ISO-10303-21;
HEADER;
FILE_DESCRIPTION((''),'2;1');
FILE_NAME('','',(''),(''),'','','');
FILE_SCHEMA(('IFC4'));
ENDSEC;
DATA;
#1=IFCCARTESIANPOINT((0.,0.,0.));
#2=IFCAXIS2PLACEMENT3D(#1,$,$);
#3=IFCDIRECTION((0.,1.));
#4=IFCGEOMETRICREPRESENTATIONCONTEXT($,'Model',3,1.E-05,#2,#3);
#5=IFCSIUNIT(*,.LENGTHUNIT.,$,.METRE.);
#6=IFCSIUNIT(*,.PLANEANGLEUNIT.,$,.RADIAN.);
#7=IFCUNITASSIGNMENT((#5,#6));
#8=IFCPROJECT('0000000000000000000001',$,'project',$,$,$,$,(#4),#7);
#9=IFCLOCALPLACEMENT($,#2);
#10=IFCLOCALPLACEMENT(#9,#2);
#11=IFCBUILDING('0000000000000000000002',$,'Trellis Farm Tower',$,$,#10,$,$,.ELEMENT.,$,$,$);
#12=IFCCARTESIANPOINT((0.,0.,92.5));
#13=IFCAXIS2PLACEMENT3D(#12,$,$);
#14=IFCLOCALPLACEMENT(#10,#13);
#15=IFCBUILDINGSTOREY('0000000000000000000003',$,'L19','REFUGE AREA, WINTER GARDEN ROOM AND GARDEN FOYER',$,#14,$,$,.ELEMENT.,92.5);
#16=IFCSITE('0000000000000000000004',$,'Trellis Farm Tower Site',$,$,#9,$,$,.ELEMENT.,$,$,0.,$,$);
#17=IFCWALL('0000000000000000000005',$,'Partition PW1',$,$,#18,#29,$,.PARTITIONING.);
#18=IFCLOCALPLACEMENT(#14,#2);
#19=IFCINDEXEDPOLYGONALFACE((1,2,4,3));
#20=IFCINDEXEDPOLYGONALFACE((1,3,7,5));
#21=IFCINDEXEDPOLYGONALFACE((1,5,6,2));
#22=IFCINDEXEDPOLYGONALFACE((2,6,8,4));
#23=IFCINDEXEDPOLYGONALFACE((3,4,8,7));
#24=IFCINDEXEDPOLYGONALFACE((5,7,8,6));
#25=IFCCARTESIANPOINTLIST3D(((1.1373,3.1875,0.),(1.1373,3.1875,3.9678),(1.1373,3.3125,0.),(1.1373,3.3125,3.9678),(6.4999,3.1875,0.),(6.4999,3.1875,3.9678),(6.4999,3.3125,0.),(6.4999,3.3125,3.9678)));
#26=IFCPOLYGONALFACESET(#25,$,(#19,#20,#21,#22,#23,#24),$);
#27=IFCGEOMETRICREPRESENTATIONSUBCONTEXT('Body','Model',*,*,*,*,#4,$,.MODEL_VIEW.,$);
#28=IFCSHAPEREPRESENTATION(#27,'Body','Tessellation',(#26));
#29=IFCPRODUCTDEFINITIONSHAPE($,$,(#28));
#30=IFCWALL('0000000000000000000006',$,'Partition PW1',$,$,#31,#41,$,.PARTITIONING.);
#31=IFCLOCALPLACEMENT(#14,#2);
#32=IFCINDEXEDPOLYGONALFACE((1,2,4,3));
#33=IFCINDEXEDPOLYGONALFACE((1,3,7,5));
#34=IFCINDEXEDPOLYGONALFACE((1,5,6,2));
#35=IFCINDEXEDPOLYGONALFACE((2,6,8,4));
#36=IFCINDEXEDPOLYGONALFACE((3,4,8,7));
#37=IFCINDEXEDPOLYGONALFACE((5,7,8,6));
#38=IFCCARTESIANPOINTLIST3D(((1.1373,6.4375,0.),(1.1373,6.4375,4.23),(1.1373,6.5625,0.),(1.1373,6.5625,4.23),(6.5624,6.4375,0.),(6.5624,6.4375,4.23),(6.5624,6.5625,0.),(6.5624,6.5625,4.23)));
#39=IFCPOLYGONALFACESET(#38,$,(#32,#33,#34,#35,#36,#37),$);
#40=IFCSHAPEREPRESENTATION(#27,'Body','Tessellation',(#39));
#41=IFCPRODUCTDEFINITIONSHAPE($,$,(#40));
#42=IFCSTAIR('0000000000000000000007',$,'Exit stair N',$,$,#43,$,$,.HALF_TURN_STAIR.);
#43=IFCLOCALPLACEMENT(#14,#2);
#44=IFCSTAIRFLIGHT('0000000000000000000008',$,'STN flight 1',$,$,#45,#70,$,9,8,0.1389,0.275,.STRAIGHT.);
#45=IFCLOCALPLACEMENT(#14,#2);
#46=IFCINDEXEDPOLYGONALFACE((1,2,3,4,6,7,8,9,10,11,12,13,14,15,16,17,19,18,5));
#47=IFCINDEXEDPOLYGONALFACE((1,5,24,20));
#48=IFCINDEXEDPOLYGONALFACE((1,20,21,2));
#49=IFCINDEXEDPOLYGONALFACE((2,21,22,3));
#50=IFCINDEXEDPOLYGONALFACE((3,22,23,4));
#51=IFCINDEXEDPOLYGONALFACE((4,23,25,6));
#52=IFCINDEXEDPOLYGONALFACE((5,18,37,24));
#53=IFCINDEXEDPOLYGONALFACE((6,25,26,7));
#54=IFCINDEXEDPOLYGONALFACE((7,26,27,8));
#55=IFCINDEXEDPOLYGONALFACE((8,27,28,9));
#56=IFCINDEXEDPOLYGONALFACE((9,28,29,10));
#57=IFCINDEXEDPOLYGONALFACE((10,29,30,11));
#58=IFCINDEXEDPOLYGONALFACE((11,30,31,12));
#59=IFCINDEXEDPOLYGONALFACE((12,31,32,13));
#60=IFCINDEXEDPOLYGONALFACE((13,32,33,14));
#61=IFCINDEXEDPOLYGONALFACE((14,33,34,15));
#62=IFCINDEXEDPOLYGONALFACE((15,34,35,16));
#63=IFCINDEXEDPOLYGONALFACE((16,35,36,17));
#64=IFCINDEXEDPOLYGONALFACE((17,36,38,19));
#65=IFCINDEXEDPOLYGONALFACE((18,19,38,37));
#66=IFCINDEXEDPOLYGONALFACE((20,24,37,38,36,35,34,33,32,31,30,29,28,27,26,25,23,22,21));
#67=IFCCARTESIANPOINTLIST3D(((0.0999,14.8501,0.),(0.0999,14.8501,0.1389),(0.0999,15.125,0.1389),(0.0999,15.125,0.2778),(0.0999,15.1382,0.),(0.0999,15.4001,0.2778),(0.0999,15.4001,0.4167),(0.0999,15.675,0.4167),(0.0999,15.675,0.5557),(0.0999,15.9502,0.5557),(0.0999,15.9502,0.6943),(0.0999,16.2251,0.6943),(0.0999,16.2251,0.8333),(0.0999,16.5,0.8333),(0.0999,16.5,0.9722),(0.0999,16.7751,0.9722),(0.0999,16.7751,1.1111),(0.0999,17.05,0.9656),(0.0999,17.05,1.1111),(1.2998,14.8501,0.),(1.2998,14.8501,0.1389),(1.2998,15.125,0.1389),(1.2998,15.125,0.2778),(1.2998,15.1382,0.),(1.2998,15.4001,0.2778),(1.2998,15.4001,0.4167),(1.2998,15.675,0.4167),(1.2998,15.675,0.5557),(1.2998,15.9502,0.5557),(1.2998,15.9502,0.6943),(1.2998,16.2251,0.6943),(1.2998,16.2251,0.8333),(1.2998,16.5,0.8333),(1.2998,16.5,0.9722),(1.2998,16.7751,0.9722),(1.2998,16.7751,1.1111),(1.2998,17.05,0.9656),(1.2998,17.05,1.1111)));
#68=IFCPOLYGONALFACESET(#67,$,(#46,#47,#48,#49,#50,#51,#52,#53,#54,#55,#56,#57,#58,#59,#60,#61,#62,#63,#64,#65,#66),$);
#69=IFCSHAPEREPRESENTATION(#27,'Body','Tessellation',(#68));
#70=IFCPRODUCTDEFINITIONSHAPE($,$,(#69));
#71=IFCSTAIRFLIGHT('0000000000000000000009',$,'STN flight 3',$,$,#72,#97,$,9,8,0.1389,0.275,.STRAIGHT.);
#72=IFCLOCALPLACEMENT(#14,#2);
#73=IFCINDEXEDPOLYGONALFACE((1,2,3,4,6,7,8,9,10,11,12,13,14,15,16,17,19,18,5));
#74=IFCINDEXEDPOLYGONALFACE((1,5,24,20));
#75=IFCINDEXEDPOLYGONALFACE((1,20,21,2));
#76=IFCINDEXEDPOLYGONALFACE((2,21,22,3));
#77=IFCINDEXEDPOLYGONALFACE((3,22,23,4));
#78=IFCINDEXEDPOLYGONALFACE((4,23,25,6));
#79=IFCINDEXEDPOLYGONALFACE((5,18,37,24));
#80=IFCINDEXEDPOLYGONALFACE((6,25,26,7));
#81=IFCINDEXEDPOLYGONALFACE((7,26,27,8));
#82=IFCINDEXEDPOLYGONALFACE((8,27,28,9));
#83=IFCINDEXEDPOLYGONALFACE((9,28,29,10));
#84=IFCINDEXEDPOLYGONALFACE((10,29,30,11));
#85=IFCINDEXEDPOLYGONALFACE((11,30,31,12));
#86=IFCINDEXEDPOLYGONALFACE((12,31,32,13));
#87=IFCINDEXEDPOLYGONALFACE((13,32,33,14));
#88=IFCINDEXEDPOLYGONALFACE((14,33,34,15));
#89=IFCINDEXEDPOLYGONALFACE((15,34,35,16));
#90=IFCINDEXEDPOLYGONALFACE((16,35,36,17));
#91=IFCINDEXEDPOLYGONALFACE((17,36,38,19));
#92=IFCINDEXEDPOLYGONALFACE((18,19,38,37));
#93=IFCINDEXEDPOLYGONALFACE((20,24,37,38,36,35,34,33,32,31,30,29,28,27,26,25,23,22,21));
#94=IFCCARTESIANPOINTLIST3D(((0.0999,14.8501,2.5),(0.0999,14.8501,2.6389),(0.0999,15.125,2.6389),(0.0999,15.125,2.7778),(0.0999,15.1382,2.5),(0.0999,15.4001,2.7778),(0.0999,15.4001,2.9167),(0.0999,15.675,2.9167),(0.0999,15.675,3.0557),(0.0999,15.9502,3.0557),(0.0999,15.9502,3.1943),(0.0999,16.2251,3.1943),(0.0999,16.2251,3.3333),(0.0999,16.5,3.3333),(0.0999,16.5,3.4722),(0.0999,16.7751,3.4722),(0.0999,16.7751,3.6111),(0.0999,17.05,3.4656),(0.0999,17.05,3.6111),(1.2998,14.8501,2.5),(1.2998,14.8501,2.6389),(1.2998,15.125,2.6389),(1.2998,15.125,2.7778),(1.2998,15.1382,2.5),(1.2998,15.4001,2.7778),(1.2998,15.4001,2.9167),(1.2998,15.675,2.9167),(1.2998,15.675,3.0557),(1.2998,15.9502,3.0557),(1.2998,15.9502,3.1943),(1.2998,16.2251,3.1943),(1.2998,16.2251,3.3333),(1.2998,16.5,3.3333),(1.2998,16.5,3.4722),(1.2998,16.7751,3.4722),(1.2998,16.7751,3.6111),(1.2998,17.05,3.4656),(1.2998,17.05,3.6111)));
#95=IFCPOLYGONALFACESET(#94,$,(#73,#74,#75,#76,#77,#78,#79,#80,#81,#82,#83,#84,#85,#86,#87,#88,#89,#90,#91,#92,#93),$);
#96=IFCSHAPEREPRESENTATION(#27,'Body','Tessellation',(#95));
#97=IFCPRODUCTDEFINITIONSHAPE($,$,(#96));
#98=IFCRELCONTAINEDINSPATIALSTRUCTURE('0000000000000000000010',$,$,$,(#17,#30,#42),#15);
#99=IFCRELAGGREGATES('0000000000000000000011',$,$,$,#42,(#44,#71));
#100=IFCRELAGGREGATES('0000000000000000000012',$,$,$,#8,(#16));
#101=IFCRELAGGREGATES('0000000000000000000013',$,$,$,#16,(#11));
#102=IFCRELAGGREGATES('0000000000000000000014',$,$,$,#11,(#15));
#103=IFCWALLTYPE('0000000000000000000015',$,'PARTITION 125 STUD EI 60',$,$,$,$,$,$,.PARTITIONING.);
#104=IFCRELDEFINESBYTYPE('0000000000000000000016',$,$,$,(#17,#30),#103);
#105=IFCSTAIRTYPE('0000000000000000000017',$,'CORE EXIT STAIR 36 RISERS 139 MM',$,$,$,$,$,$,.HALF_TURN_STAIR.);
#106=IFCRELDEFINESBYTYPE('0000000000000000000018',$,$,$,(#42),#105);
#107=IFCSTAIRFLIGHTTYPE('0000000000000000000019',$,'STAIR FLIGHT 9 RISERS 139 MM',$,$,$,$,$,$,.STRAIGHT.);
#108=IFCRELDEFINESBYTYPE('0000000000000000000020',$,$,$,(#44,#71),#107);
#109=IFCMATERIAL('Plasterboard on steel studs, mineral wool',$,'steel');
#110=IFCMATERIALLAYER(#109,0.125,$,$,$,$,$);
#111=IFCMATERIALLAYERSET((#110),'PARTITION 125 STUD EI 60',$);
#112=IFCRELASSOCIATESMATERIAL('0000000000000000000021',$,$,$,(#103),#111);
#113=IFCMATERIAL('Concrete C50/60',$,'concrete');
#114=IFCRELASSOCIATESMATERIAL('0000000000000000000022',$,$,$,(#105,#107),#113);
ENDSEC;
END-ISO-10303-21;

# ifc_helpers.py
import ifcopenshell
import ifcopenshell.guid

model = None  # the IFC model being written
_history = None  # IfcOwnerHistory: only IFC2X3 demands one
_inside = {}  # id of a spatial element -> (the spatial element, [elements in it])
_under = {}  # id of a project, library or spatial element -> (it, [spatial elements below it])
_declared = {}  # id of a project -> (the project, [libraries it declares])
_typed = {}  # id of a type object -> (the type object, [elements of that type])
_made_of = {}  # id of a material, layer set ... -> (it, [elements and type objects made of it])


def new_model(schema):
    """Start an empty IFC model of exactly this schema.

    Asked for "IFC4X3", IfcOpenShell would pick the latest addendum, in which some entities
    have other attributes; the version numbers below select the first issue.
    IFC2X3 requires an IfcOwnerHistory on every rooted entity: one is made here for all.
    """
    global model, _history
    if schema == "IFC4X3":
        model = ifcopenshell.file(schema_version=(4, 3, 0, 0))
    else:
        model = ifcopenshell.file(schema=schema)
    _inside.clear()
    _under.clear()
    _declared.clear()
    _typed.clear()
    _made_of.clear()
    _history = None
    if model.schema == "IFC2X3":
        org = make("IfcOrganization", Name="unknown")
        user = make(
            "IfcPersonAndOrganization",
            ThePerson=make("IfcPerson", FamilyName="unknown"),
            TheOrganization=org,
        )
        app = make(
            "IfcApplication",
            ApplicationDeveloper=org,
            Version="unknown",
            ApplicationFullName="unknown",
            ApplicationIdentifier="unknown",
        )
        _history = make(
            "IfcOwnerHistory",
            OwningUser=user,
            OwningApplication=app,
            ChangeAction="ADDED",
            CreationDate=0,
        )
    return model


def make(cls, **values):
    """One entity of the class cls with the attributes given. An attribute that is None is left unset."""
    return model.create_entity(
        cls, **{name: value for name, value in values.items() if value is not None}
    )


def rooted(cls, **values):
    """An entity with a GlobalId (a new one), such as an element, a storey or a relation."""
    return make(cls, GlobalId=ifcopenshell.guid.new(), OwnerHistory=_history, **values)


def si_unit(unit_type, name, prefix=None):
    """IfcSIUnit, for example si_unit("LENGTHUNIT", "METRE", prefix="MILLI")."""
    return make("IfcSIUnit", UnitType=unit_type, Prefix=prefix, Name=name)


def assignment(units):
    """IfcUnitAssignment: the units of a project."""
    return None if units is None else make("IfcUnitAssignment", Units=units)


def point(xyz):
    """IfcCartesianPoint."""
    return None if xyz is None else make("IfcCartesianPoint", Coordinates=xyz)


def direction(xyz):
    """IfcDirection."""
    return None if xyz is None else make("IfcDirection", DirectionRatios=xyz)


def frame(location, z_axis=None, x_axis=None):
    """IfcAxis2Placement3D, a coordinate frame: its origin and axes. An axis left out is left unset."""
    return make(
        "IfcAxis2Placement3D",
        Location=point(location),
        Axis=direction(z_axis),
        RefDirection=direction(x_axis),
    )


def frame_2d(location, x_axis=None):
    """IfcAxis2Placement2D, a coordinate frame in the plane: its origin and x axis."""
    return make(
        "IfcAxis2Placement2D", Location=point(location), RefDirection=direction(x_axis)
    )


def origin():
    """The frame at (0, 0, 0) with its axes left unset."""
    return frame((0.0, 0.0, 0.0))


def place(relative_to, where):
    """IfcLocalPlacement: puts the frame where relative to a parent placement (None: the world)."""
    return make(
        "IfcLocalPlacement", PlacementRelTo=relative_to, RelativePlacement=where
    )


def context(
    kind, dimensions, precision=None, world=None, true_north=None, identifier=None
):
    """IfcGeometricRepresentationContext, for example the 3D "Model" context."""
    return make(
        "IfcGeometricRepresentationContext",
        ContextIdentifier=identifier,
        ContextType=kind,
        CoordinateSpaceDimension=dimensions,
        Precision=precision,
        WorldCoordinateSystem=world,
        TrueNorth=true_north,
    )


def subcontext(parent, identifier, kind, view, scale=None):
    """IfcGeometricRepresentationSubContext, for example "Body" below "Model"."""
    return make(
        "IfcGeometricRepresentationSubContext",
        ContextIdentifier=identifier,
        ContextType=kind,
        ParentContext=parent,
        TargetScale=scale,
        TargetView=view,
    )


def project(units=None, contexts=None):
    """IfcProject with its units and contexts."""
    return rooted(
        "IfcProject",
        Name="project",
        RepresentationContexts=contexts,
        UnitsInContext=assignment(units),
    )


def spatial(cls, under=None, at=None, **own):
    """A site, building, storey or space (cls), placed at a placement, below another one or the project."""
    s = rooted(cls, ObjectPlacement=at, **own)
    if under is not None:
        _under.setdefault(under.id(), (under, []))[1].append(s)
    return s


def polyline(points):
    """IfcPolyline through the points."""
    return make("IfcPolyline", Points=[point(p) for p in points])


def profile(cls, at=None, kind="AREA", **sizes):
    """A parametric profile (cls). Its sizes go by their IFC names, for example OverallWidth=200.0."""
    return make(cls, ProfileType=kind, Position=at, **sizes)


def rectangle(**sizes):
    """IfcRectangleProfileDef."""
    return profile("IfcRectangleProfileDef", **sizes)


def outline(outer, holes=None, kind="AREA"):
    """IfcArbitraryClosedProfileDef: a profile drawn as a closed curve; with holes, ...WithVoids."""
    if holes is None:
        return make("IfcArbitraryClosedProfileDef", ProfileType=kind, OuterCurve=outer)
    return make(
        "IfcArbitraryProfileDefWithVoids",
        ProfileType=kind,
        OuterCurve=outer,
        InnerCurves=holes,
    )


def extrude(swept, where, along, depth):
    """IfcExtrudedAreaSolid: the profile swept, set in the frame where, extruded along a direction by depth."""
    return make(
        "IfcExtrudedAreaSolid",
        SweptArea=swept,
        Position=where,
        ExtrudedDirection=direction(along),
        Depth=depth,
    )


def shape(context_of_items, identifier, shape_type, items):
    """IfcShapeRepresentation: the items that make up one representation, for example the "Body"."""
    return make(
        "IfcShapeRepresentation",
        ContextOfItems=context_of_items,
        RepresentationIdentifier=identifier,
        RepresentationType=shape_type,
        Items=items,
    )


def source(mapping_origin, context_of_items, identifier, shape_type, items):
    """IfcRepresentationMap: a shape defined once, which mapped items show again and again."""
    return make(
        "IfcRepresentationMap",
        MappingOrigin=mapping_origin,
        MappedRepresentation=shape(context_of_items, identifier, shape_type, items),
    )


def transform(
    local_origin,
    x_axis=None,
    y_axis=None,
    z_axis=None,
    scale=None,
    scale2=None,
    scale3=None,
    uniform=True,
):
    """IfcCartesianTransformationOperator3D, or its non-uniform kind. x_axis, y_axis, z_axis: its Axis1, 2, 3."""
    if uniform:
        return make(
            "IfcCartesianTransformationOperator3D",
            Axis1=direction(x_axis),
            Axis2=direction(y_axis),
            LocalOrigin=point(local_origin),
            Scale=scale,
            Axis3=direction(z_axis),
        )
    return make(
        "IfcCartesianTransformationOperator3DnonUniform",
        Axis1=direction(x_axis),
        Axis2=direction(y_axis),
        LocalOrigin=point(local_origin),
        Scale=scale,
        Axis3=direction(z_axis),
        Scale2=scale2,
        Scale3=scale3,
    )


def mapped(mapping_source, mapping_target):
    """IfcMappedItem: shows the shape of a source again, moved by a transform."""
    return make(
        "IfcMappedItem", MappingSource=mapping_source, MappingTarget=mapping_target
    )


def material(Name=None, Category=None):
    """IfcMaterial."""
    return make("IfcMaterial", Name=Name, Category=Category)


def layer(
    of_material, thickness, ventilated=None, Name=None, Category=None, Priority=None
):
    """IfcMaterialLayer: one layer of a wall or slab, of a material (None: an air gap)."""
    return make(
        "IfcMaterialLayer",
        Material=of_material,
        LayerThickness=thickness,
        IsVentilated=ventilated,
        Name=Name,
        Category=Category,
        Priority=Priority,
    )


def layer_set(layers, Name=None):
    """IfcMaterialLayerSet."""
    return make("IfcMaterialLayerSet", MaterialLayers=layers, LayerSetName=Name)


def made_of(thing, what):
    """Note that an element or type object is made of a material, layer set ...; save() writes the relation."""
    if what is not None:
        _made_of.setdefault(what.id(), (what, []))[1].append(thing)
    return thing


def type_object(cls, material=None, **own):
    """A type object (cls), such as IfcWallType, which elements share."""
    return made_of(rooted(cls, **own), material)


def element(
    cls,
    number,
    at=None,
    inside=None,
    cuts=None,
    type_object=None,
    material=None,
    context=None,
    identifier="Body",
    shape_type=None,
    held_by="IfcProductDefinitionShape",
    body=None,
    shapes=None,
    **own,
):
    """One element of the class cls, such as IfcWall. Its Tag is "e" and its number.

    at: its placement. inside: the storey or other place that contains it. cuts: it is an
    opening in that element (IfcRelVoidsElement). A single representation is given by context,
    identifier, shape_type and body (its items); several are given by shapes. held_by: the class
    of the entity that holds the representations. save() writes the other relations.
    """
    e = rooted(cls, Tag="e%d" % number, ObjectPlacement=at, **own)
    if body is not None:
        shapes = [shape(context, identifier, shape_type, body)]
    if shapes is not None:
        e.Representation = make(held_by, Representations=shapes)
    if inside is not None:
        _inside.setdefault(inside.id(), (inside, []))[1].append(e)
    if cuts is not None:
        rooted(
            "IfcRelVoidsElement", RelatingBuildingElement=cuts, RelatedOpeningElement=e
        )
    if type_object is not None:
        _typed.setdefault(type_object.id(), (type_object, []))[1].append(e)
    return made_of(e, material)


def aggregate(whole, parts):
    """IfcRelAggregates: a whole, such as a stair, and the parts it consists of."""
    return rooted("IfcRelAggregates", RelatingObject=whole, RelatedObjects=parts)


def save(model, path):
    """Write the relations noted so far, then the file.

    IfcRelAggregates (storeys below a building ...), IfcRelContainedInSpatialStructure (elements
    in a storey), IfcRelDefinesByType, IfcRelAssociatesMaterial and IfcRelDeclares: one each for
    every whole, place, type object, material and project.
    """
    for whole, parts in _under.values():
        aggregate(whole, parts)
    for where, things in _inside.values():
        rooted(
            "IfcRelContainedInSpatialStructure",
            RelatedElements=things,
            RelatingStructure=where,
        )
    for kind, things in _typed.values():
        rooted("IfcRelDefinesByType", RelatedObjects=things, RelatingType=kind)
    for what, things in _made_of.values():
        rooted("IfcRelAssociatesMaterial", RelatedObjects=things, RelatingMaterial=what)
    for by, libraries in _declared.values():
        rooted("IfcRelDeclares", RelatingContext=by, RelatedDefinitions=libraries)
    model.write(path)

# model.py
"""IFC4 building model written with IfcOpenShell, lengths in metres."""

from ifc_helpers import new_model, si_unit, direction, frame, frame_2d, origin, place, context, subcontext, project, spatial, polyline, rectangle, outline, extrude, source, transform, mapped, material, layer, layer_set, type_object, element, aggregate, save


model = new_model("IFC4")

# Units and contexts
model_context = context("Model", 3, precision=1e-05, world=origin(), true_north=direction((0.0, 1.0)))
body_context = subcontext(model_context, "Body", "Model", "MODEL_VIEW")
ifc_project = project(units=[si_unit("LENGTHUNIT", "METRE"), si_unit("PLANEANGLEUNIT", "RADIAN")], contexts=[model_context])

# Site, building, storey
site_placement = place(None, origin())
site = spatial("IfcSite", under=ifc_project, at=site_placement, Name="Trellis Farm Tower Site", CompositionType="ELEMENT", RefElevation=0.0)
building_placement = place(site_placement, origin())
building = spatial("IfcBuilding", under=site, at=building_placement, Name="Trellis Farm Tower", CompositionType="ELEMENT")
storey_placement = place(building_placement, frame((0.0, 0.0, 92.5)))
storey = spatial("IfcBuildingStorey", under=building, at=storey_placement, Name="L19", Description="REFUGE AREA, WINTER GARDEN ROOM AND GARDEN FOYER", CompositionType="ELEMENT", Elevation=92.5)

# Shared definitions
placement = place(storey_placement, origin())

# Shared definitions
ifc_material_1 = material(Name="Plasterboard on steel studs, mineral wool", Category="steel")
ifc_layer_1 = layer(ifc_material_1, 0.125)
ifc_layer_set_1 = layer_set([ifc_layer_1], Name="PARTITION 125 STUD EI 60")
wall_type_1 = type_object("IfcWallType", Name="PARTITION 125 STUD EI 60", PredefinedType="PARTITIONING", material=ifc_layer_set_1)

# Walls
shared_shape_1 = source(origin(), body_context, "Body", "SweptSolid", [
    extrude(rectangle(XDim=5.3625, YDim=0.125, at=frame_2d((2.6812, 0.0))), origin(), (0.0, 0.0, 1.0), 3.9678),
])
wall_1_placement = place(storey_placement, frame((1.1375, 3.25, 0.0), z_axis=(0.0, 0.0, 1.0), x_axis=(1.0, 0.0, 0.0)))
element("IfcWall", 1, at=wall_1_placement, inside=storey, type_object=wall_type_1, Name="Partition PW1", PredefinedType="PARTITIONING", context=body_context, shape_type="MappedRepresentation", body=[
    mapped(shared_shape_1, transform((0.0, 0.0, 0.0))),
])
shared_shape_2 = source(origin(), body_context, "Body", "SweptSolid", [
    extrude(rectangle(XDim=5.425, YDim=0.125, at=frame_2d((2.7124, 0.0))), origin(), (0.0, 0.0, 1.0), 4.23),
])
wall_2_placement = place(storey_placement, frame((1.1375, 6.5, 0.0), z_axis=(0.0, 0.0, 1.0), x_axis=(1.0, 0.0, 0.0)))
element("IfcWall", 2, at=wall_2_placement, inside=storey, type_object=wall_type_1, Name="Partition PW1", PredefinedType="PARTITIONING", context=body_context, shape_type="MappedRepresentation", body=[
    mapped(shared_shape_2, transform((0.0, 0.0, 0.0))),
])

# Stair, stair flights
ifc_material_2 = material(Name="Concrete C50/60", Category="concrete")
stair_type = type_object("IfcStairType", Name="CORE EXIT STAIR 36 RISERS 139 MM", PredefinedType="HALF_TURN_STAIR", material=ifc_material_2)
stair = element("IfcStair", 3, at=placement, inside=storey, type_object=stair_type, Name="Exit stair N", PredefinedType="HALF_TURN_STAIR")
stair_flight_type = type_object("IfcStairFlightType", Name="STAIR FLIGHT 9 RISERS 139 MM", PredefinedType="STRAIGHT", material=ifc_material_2)
shared_shape_3 = source(origin(), body_context, "Body", "SweptSolid", [
    extrude(outline(polyline([(0.0, 0.0), (0.0, 0.1389), (0.2749, 0.1389), (0.2749, 0.2778), (0.55, 0.2778), (0.55, 0.4167), (0.825, 0.4167), (0.825, 0.5557), (1.1001, 0.5557), (1.1001, 0.6943), (1.375, 0.6943), (1.375, 0.8333), (1.6499, 0.8333), (1.6499, 0.9722), (1.925, 0.9722), (1.925, 1.1111), (2.2, 1.1111), (2.2, 1.25), (2.2, 0.9656), (0.2881, 0.0), (0.0, 0.0)])), frame((0.0, 0.6001, 0.0), z_axis=(0.0, -1.0, 0.0), x_axis=(1.0, 0.0, 0.0)), (0.0, 0.0, 1.0), 1.2),
])
stair_flight_1_placement = place(storey_placement, frame((0.7, 14.8501, 0.0), z_axis=(0.0, 0.0, 1.0), x_axis=(0.0, 1.0, 0.0)))
stair_flight_1 = element("IfcStairFlight", 4, at=stair_flight_1_placement, type_object=stair_flight_type, Name="STN flight 1", NumberOfRisers=9, NumberOfTreads=8, PredefinedType="STRAIGHT", RiserHeight=0.1389, TreadLength=0.275, context=body_context, shape_type="MappedRepresentation", body=[
    mapped(shared_shape_3, transform((0.0, 0.0, 0.0))),
])
stair_flight_2_placement = place(storey_placement, frame((0.7, 14.8501, 2.5), z_axis=(0.0, 0.0, 1.0), x_axis=(0.0, 1.0, 0.0)))
stair_flight_2 = element("IfcStairFlight", 5, at=stair_flight_2_placement, type_object=stair_flight_type, Name="STN flight 3", NumberOfRisers=9, NumberOfTreads=8, PredefinedType="STRAIGHT", RiserHeight=0.1389, TreadLength=0.275, context=body_context, shape_type="MappedRepresentation", body=[
    mapped(shared_shape_3, transform((0.0, 0.0, 0.0))),
])
aggregate(stair, [stair_flight_1, stair_flight_2])

save(model, "model.ifc")
